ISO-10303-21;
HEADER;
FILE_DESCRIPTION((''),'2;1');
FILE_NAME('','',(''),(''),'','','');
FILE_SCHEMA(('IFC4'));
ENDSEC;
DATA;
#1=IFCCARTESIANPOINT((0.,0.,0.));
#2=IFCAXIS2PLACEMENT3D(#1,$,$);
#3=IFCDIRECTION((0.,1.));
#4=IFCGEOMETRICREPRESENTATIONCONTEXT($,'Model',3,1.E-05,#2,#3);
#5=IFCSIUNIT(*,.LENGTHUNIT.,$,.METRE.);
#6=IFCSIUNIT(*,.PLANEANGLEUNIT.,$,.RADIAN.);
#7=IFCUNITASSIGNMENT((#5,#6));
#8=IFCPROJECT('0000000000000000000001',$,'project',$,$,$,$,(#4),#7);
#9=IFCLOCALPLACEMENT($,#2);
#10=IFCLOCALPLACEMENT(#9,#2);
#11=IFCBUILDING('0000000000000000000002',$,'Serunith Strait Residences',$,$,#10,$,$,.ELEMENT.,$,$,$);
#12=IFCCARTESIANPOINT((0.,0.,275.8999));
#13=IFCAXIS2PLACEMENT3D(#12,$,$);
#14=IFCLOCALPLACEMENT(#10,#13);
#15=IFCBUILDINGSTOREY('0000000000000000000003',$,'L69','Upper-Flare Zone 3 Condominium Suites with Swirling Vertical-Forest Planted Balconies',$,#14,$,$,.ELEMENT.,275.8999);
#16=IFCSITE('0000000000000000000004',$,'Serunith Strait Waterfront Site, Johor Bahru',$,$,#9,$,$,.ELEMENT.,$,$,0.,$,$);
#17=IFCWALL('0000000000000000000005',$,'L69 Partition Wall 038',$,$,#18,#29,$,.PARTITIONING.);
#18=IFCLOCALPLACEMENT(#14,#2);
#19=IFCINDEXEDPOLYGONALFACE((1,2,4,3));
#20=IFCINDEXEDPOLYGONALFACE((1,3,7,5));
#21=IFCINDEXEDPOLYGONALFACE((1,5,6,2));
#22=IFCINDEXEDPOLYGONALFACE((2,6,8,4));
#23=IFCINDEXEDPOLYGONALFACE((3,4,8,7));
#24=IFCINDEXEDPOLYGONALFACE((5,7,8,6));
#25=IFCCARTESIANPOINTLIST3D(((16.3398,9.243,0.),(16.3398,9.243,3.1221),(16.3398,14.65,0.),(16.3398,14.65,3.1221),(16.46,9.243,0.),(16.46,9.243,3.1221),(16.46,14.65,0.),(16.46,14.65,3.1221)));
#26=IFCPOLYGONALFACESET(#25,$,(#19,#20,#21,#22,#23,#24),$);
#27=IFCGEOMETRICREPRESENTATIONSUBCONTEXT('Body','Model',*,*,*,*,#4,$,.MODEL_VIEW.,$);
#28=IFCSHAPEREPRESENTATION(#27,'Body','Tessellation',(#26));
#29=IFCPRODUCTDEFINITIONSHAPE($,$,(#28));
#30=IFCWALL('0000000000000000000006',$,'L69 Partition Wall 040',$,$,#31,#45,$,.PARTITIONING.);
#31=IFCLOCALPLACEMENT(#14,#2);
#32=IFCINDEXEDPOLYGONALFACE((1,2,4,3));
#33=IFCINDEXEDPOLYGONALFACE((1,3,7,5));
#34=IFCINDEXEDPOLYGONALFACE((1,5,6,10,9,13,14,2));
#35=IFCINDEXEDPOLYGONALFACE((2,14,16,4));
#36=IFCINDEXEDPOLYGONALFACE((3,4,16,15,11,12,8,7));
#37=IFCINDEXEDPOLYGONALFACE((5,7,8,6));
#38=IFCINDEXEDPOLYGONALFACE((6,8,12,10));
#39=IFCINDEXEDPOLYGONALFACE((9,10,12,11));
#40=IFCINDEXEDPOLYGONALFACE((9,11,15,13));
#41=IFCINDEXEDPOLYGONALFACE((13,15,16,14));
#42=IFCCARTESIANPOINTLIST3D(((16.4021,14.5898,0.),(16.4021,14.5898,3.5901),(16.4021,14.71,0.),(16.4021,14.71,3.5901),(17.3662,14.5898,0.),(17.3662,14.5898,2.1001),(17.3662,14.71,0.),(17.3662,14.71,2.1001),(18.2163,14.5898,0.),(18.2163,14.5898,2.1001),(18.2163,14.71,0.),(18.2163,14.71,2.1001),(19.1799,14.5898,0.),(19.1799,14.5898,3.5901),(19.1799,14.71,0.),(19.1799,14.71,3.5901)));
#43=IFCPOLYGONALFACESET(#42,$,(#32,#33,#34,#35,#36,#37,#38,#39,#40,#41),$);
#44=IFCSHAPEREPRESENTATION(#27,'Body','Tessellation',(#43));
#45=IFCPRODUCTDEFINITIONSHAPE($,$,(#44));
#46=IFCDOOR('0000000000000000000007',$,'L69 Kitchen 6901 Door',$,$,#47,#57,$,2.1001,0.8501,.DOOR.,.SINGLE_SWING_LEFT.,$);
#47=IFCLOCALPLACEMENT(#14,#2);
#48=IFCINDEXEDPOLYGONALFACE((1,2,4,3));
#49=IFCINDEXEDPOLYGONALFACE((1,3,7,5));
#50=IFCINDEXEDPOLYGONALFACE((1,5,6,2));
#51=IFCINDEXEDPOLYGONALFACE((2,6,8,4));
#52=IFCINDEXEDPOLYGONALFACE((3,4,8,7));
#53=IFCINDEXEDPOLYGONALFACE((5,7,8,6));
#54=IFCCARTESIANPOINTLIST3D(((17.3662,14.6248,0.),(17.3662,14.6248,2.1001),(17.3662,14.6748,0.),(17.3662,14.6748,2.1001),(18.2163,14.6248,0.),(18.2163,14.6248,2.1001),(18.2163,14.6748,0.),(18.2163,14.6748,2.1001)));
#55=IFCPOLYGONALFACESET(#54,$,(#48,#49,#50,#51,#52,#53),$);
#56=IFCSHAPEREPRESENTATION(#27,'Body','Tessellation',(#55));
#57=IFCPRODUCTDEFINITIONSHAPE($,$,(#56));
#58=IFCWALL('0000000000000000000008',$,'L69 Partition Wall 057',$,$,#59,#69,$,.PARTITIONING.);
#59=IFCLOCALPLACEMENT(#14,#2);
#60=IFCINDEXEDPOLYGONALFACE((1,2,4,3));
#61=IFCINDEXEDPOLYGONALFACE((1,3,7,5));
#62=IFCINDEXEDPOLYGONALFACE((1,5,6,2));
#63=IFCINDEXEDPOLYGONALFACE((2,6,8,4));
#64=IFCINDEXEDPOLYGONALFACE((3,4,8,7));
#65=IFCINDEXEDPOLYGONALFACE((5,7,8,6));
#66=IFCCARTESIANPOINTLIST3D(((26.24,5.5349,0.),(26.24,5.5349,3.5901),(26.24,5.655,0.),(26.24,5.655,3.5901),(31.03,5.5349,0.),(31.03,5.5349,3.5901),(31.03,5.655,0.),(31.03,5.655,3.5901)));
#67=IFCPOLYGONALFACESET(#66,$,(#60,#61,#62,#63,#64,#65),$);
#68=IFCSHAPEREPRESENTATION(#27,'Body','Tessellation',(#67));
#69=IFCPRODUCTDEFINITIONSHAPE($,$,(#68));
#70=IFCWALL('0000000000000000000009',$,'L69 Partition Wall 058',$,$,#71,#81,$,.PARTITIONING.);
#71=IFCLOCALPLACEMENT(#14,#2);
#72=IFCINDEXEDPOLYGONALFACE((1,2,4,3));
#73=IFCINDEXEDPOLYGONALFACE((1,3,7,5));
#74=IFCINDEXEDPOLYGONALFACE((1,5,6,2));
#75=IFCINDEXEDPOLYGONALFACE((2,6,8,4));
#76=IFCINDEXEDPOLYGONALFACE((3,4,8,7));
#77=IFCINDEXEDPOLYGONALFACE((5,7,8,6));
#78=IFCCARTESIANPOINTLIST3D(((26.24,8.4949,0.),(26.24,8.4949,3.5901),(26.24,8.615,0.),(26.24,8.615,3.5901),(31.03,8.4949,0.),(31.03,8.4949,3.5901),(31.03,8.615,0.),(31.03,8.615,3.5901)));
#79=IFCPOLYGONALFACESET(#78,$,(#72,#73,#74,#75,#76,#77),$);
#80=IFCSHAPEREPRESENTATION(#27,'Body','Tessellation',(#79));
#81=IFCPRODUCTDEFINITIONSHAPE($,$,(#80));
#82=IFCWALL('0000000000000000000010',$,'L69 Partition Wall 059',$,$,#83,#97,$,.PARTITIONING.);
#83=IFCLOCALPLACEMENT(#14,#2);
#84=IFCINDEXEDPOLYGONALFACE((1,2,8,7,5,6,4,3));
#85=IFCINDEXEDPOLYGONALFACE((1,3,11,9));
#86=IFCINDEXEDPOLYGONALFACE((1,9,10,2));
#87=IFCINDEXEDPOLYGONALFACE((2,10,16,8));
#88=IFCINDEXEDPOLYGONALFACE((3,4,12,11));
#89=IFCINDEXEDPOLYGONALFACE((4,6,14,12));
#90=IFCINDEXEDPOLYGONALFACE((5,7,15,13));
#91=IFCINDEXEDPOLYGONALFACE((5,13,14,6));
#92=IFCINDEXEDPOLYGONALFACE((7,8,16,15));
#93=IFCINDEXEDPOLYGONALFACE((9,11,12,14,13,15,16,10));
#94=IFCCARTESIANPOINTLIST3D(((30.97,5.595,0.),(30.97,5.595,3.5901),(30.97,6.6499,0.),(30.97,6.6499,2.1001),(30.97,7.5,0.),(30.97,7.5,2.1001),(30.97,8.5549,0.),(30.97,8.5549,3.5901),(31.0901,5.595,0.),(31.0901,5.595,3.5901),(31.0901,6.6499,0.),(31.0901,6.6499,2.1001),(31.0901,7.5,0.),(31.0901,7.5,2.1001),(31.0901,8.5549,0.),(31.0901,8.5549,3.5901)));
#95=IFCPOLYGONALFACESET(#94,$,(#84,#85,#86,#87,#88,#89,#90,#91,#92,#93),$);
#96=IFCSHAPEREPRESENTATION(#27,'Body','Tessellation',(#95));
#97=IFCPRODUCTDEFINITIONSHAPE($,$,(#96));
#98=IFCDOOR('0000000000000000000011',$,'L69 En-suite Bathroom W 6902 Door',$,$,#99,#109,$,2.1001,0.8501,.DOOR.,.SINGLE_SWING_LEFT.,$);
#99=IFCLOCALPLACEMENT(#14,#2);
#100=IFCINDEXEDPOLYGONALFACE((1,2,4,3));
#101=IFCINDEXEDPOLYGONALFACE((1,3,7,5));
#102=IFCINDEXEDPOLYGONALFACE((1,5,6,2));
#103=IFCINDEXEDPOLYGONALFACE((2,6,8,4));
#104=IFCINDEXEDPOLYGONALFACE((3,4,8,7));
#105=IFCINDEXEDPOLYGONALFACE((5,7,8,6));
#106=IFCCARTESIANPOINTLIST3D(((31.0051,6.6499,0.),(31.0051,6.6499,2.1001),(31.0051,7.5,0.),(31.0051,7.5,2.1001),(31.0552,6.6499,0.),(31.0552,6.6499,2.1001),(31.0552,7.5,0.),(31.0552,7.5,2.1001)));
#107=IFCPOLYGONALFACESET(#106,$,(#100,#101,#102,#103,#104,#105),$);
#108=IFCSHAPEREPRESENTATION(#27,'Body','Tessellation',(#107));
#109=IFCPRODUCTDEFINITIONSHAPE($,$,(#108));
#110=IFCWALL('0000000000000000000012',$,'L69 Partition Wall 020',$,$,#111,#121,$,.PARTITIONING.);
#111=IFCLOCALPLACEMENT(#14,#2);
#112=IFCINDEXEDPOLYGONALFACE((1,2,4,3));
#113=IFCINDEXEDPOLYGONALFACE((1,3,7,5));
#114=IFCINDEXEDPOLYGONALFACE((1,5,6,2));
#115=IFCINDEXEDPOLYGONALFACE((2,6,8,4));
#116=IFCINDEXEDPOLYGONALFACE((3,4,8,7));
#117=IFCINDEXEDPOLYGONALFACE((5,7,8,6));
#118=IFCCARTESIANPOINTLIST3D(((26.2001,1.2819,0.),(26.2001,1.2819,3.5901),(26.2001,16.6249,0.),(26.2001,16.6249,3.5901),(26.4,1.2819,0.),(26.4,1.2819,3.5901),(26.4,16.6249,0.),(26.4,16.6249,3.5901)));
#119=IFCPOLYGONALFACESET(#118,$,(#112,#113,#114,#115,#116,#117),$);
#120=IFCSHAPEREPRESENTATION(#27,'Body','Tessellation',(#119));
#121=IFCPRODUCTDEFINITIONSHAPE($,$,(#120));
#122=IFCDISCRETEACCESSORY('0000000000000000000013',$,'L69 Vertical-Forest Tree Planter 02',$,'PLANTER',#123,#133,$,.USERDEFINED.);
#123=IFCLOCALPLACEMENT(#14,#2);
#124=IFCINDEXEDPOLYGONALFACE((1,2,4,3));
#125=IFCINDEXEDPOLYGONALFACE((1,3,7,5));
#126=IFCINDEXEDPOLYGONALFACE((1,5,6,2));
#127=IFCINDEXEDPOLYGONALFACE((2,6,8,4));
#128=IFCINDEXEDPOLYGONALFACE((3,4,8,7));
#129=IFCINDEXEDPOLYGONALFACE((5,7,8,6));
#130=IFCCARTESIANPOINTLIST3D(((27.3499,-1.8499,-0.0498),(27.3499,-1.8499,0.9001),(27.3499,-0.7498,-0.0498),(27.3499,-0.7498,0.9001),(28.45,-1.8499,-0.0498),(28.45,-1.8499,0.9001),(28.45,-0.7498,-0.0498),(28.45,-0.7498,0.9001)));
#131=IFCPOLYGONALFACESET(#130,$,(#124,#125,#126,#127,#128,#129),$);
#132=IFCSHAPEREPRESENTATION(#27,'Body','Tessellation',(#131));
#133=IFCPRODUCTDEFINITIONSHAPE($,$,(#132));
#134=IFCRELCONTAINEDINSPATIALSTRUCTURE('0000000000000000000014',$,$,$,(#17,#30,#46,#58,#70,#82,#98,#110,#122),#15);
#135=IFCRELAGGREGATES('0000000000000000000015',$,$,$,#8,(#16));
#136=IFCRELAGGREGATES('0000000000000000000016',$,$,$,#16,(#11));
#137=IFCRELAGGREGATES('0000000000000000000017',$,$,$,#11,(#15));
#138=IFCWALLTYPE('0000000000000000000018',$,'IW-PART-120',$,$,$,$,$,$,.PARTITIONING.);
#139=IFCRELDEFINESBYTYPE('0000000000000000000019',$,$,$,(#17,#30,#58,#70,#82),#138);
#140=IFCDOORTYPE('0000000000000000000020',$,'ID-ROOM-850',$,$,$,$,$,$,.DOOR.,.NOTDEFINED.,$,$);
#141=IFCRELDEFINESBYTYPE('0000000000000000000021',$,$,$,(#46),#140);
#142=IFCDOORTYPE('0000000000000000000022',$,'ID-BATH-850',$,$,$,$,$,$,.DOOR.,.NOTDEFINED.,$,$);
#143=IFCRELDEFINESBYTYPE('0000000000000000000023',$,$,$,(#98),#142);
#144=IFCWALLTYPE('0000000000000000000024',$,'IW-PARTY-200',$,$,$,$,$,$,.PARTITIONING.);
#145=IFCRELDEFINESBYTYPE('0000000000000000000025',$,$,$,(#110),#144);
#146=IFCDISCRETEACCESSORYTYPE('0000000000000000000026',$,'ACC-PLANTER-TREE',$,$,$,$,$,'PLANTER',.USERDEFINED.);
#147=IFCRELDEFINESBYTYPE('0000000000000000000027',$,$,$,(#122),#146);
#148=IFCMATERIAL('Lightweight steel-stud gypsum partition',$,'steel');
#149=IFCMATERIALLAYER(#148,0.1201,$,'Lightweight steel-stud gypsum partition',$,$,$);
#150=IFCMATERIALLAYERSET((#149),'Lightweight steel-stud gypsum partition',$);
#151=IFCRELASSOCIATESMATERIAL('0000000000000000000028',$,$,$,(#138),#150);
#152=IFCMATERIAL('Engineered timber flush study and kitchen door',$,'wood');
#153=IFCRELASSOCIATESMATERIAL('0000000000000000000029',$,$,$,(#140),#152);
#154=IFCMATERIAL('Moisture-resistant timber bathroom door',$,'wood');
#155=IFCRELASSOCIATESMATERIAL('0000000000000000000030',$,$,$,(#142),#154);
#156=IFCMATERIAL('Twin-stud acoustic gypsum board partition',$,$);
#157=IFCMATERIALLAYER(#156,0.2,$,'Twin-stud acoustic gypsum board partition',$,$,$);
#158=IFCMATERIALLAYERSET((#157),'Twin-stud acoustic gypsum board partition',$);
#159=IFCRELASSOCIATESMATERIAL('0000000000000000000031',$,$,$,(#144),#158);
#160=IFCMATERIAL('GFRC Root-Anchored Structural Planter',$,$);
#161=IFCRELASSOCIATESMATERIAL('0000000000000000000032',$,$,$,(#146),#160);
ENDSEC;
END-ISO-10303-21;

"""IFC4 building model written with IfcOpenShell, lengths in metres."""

from ifc_helpers import new_model, si_unit, direction, frame, frame_2d, origin, origin_2d, place, context, subcontext, project, spatial, rectangle, extrude, source, transform, mapped, material, layer, layer_set, type_object, element, fill, save


model = new_model("IFC4")

# Units and contexts
model_context = context("Model", 3, precision=1e-05, world=origin(), true_north=direction((0.0, 1.0)))
body_context = subcontext(model_context, "Body", "Model", "MODEL_VIEW")
ifc_project = project(units=[si_unit("LENGTHUNIT", "METRE"), si_unit("PLANEANGLEUNIT", "RADIAN")], contexts=[model_context])

# Site, building, storey
site_placement = place(None, origin())
site = spatial("IfcSite", under=ifc_project, at=site_placement, Name="Serunith Strait Waterfront Site, Johor Bahru", CompositionType="ELEMENT", RefElevation=0.0)
building_placement = place(site_placement, origin())
building = spatial("IfcBuilding", under=site, at=building_placement, Name="Serunith Strait Residences", CompositionType="ELEMENT")
storey_placement = place(building_placement, frame((0.0, 0.0, 275.8999)))
storey = spatial("IfcBuildingStorey", under=building, at=storey_placement, Name="L69", Description="Upper-Flare Zone 3 Condominium Suites with Swirling Vertical-Forest Planted Balconies", CompositionType="ELEMENT", Elevation=275.8999)

# Shared definitions
ifc_material_1 = material(Name="Lightweight steel-stud gypsum partition", Category="steel")
ifc_layer_1 = layer(ifc_material_1, 0.1201, Name="Lightweight steel-stud gypsum partition")
ifc_layer_set_1 = layer_set([ifc_layer_1], Name="Lightweight steel-stud gypsum partition")
wall_type_1 = type_object("IfcWallType", Name="IW-PART-120", PredefinedType="PARTITIONING", material=ifc_layer_set_1)

# Wall
wall_1_placement = place(storey_placement, frame((16.3999, 9.2429, 0.0), z_axis=(0.0, 0.0, 1.0), x_axis=(0.0, 1.0, 0.0)))
element("IfcWall", 1, at=wall_1_placement, inside=storey, type_object=wall_type_1, Name="L69 Partition Wall 038", PredefinedType="PARTITIONING", context=body_context, shape_type="SweptSolid", body=[
    extrude(rectangle(XDim=5.407, YDim=0.1201, at=frame_2d((2.7036, 0.0))), origin(), (0.0, 0.0, 1.0), 3.1221),
])

# Wall, opening, door
wall_2_placement = place(storey_placement, frame((16.4021, 14.6499, 0.0), z_axis=(0.0, 0.0, 1.0), x_axis=(1.0, 0.0, 0.0)))
wall_2 = element("IfcWall", 2, at=wall_2_placement, inside=storey, type_object=wall_type_1, Name="L69 Partition Wall 040", PredefinedType="PARTITIONING", context=body_context, shape_type="SweptSolid", body=[
    extrude(rectangle(XDim=2.7778, YDim=0.1201, at=frame_2d((1.3889, 0.0))), origin(), (0.0, 0.0, 1.0), 3.5901),
])
opening_1_placement = place(wall_2_placement, frame((0.9641, 0.0, 0.0)))
opening_1 = element("IfcOpeningElement", 3, at=opening_1_placement, cuts=wall_2, PredefinedType="OPENING", context=body_context, shape_type="SweptSolid", body=[
    extrude(rectangle(XDim=0.8501, YDim=2.1001, at=frame_2d((0.425, 1.05))), frame((0.0, 0.0701, 0.0), z_axis=(0.0, -1.0, 0.0), x_axis=(1.0, 0.0, 0.0)), (0.0, 0.0, 1.0), 0.1401),
])
ifc_material_2 = material(Name="Engineered timber flush study and kitchen door", Category="wood")
door_type_1 = type_object("IfcDoorType", Name="ID-ROOM-850", OperationType="NOTDEFINED", PredefinedType="DOOR", material=ifc_material_2)
shared_shape_1 = source(origin(), body_context, "Body", "SweptSolid", [
    extrude(rectangle(XDim=0.8501, YDim=2.1001, at=frame_2d((0.425, 1.05))), frame((0.0, 0.0249, 0.0), z_axis=(0.0, -1.0, 0.0), x_axis=(1.0, 0.0, 0.0)), (0.0, 0.0, 1.0), 0.05),
])
door_1_placement = place(opening_1_placement, origin())
door_1 = element("IfcDoor", 4, at=door_1_placement, inside=storey, type_object=door_type_1, Name="L69 Kitchen 6901 Door", OperationType="SINGLE_SWING_LEFT", OverallHeight=2.1001, OverallWidth=0.8501, PredefinedType="DOOR", context=body_context, shape_type="MappedRepresentation", body=[
    mapped(shared_shape_1, transform((0.0, 0.0, 0.0), scale=1.0)),
])
fill(opening_1, door_1)

# Walls
for number, where, z_axis, x_axis, name in (
    (5, (26.24, 5.595, 0.0), (0.0, 0.0, 1.0), (1.0, 0.0, 0.0), "L69 Partition Wall 057"),
    (6, (26.24, 8.5549, 0.0), (0.0, 0.0, 1.0), (1.0, 0.0, 0.0), "L69 Partition Wall 058"),
):
    element("IfcWall", number, at=place(storey_placement, frame(where, z_axis=z_axis, x_axis=x_axis)), inside=storey, type_object=wall_type_1, Name=name, PredefinedType="PARTITIONING", context=body_context, shape_type="SweptSolid", body=[
        extrude(rectangle(XDim=4.79, YDim=0.1201, at=frame_2d((2.395, 0.0))), origin(), (0.0, 0.0, 1.0), 3.5901),
    ])

# Wall, opening, door
wall_3_placement = place(storey_placement, frame((31.03, 5.595, 0.0), z_axis=(0.0, 0.0, 1.0), x_axis=(0.0, 1.0, 0.0)))
wall_3 = element("IfcWall", 7, at=wall_3_placement, inside=storey, type_object=wall_type_1, Name="L69 Partition Wall 059", PredefinedType="PARTITIONING", context=body_context, shape_type="SweptSolid", body=[
    extrude(rectangle(XDim=2.96, YDim=0.1201, at=frame_2d((1.48, 0.0))), origin(), (0.0, 0.0, 1.0), 3.5901),
])
opening_2_placement = place(wall_3_placement, frame((1.0549, 0.0, 0.0)))
opening_2 = element("IfcOpeningElement", 8, at=opening_2_placement, cuts=wall_3, PredefinedType="OPENING", context=body_context, shape_type="SweptSolid", body=[
    extrude(rectangle(XDim=0.8501, YDim=2.1001, at=frame_2d((0.425, 1.05))), frame((0.0, 0.0701, 0.0), z_axis=(0.0, -1.0, 0.0), x_axis=(1.0, 0.0, 0.0)), (0.0, 0.0, 1.0), 0.1401),
])
ifc_material_3 = material(Name="Moisture-resistant timber bathroom door", Category="wood")
door_type_2 = type_object("IfcDoorType", Name="ID-BATH-850", OperationType="NOTDEFINED", PredefinedType="DOOR", material=ifc_material_3)
door_2_placement = place(opening_2_placement, origin())
door_2 = element("IfcDoor", 9, at=door_2_placement, inside=storey, type_object=door_type_2, Name="L69 En-suite Bathroom W 6902 Door", OperationType="SINGLE_SWING_LEFT", OverallHeight=2.1001, OverallWidth=0.8501, PredefinedType="DOOR", context=body_context, shape_type="MappedRepresentation", body=[
    mapped(shared_shape_1, transform((0.0, 0.0, 0.0), scale=1.0)),
])
fill(opening_2, door_2)

# Wall
ifc_material_4 = material(Name="Twin-stud acoustic gypsum board partition")
ifc_layer_2 = layer(ifc_material_4, 0.2, Name="Twin-stud acoustic gypsum board partition")
ifc_layer_set_2 = layer_set([ifc_layer_2], Name="Twin-stud acoustic gypsum board partition")
wall_type_2 = type_object("IfcWallType", Name="IW-PARTY-200", PredefinedType="PARTITIONING", material=ifc_layer_set_2)
wall_4_placement = place(storey_placement, frame((26.3, 1.282, 0.0), z_axis=(0.0, 0.0, 1.0), x_axis=(0.0, 1.0, 0.0)))
element("IfcWall", 10, at=wall_4_placement, inside=storey, type_object=wall_type_2, Name="L69 Partition Wall 020", PredefinedType="PARTITIONING", context=body_context, shape_type="SweptSolid", body=[
    extrude(rectangle(XDim=15.343, YDim=0.2, at=frame_2d((7.6714, 0.0))), origin(), (0.0, 0.0, 1.0), 3.5901),
])

# Discrete accessory
ifc_material_5 = material(Name="GFRC Root-Anchored Structural Planter")
discrete_accessory_type = type_object("IfcDiscreteAccessoryType", Name="ACC-PLANTER-TREE", ElementType="PLANTER", PredefinedType="USERDEFINED", material=ifc_material_5)
shared_shape_2 = source(origin(), body_context, "Body", "SweptSolid", [
    extrude(rectangle(XDim=1.1001, YDim=1.1001, at=origin_2d()), origin(), (0.0, 0.0, 1.0), 0.95),
])
discrete_accessory_placement = place(storey_placement, frame((27.8999, -1.2998, -0.0498), z_axis=(0.0, 0.0, 1.0), x_axis=(1.0, 0.0, 0.0)))
element("IfcDiscreteAccessory", 11, at=discrete_accessory_placement, inside=storey, type_object=discrete_accessory_type, Name="L69 Vertical-Forest Tree Planter 02", ObjectType="PLANTER", PredefinedType="USERDEFINED", context=body_context, shape_type="MappedRepresentation", body=[
    mapped(shared_shape_2, transform((0.0, 0.0, 0.0), scale=1.0)),
])

save(model, "model.ifc")
